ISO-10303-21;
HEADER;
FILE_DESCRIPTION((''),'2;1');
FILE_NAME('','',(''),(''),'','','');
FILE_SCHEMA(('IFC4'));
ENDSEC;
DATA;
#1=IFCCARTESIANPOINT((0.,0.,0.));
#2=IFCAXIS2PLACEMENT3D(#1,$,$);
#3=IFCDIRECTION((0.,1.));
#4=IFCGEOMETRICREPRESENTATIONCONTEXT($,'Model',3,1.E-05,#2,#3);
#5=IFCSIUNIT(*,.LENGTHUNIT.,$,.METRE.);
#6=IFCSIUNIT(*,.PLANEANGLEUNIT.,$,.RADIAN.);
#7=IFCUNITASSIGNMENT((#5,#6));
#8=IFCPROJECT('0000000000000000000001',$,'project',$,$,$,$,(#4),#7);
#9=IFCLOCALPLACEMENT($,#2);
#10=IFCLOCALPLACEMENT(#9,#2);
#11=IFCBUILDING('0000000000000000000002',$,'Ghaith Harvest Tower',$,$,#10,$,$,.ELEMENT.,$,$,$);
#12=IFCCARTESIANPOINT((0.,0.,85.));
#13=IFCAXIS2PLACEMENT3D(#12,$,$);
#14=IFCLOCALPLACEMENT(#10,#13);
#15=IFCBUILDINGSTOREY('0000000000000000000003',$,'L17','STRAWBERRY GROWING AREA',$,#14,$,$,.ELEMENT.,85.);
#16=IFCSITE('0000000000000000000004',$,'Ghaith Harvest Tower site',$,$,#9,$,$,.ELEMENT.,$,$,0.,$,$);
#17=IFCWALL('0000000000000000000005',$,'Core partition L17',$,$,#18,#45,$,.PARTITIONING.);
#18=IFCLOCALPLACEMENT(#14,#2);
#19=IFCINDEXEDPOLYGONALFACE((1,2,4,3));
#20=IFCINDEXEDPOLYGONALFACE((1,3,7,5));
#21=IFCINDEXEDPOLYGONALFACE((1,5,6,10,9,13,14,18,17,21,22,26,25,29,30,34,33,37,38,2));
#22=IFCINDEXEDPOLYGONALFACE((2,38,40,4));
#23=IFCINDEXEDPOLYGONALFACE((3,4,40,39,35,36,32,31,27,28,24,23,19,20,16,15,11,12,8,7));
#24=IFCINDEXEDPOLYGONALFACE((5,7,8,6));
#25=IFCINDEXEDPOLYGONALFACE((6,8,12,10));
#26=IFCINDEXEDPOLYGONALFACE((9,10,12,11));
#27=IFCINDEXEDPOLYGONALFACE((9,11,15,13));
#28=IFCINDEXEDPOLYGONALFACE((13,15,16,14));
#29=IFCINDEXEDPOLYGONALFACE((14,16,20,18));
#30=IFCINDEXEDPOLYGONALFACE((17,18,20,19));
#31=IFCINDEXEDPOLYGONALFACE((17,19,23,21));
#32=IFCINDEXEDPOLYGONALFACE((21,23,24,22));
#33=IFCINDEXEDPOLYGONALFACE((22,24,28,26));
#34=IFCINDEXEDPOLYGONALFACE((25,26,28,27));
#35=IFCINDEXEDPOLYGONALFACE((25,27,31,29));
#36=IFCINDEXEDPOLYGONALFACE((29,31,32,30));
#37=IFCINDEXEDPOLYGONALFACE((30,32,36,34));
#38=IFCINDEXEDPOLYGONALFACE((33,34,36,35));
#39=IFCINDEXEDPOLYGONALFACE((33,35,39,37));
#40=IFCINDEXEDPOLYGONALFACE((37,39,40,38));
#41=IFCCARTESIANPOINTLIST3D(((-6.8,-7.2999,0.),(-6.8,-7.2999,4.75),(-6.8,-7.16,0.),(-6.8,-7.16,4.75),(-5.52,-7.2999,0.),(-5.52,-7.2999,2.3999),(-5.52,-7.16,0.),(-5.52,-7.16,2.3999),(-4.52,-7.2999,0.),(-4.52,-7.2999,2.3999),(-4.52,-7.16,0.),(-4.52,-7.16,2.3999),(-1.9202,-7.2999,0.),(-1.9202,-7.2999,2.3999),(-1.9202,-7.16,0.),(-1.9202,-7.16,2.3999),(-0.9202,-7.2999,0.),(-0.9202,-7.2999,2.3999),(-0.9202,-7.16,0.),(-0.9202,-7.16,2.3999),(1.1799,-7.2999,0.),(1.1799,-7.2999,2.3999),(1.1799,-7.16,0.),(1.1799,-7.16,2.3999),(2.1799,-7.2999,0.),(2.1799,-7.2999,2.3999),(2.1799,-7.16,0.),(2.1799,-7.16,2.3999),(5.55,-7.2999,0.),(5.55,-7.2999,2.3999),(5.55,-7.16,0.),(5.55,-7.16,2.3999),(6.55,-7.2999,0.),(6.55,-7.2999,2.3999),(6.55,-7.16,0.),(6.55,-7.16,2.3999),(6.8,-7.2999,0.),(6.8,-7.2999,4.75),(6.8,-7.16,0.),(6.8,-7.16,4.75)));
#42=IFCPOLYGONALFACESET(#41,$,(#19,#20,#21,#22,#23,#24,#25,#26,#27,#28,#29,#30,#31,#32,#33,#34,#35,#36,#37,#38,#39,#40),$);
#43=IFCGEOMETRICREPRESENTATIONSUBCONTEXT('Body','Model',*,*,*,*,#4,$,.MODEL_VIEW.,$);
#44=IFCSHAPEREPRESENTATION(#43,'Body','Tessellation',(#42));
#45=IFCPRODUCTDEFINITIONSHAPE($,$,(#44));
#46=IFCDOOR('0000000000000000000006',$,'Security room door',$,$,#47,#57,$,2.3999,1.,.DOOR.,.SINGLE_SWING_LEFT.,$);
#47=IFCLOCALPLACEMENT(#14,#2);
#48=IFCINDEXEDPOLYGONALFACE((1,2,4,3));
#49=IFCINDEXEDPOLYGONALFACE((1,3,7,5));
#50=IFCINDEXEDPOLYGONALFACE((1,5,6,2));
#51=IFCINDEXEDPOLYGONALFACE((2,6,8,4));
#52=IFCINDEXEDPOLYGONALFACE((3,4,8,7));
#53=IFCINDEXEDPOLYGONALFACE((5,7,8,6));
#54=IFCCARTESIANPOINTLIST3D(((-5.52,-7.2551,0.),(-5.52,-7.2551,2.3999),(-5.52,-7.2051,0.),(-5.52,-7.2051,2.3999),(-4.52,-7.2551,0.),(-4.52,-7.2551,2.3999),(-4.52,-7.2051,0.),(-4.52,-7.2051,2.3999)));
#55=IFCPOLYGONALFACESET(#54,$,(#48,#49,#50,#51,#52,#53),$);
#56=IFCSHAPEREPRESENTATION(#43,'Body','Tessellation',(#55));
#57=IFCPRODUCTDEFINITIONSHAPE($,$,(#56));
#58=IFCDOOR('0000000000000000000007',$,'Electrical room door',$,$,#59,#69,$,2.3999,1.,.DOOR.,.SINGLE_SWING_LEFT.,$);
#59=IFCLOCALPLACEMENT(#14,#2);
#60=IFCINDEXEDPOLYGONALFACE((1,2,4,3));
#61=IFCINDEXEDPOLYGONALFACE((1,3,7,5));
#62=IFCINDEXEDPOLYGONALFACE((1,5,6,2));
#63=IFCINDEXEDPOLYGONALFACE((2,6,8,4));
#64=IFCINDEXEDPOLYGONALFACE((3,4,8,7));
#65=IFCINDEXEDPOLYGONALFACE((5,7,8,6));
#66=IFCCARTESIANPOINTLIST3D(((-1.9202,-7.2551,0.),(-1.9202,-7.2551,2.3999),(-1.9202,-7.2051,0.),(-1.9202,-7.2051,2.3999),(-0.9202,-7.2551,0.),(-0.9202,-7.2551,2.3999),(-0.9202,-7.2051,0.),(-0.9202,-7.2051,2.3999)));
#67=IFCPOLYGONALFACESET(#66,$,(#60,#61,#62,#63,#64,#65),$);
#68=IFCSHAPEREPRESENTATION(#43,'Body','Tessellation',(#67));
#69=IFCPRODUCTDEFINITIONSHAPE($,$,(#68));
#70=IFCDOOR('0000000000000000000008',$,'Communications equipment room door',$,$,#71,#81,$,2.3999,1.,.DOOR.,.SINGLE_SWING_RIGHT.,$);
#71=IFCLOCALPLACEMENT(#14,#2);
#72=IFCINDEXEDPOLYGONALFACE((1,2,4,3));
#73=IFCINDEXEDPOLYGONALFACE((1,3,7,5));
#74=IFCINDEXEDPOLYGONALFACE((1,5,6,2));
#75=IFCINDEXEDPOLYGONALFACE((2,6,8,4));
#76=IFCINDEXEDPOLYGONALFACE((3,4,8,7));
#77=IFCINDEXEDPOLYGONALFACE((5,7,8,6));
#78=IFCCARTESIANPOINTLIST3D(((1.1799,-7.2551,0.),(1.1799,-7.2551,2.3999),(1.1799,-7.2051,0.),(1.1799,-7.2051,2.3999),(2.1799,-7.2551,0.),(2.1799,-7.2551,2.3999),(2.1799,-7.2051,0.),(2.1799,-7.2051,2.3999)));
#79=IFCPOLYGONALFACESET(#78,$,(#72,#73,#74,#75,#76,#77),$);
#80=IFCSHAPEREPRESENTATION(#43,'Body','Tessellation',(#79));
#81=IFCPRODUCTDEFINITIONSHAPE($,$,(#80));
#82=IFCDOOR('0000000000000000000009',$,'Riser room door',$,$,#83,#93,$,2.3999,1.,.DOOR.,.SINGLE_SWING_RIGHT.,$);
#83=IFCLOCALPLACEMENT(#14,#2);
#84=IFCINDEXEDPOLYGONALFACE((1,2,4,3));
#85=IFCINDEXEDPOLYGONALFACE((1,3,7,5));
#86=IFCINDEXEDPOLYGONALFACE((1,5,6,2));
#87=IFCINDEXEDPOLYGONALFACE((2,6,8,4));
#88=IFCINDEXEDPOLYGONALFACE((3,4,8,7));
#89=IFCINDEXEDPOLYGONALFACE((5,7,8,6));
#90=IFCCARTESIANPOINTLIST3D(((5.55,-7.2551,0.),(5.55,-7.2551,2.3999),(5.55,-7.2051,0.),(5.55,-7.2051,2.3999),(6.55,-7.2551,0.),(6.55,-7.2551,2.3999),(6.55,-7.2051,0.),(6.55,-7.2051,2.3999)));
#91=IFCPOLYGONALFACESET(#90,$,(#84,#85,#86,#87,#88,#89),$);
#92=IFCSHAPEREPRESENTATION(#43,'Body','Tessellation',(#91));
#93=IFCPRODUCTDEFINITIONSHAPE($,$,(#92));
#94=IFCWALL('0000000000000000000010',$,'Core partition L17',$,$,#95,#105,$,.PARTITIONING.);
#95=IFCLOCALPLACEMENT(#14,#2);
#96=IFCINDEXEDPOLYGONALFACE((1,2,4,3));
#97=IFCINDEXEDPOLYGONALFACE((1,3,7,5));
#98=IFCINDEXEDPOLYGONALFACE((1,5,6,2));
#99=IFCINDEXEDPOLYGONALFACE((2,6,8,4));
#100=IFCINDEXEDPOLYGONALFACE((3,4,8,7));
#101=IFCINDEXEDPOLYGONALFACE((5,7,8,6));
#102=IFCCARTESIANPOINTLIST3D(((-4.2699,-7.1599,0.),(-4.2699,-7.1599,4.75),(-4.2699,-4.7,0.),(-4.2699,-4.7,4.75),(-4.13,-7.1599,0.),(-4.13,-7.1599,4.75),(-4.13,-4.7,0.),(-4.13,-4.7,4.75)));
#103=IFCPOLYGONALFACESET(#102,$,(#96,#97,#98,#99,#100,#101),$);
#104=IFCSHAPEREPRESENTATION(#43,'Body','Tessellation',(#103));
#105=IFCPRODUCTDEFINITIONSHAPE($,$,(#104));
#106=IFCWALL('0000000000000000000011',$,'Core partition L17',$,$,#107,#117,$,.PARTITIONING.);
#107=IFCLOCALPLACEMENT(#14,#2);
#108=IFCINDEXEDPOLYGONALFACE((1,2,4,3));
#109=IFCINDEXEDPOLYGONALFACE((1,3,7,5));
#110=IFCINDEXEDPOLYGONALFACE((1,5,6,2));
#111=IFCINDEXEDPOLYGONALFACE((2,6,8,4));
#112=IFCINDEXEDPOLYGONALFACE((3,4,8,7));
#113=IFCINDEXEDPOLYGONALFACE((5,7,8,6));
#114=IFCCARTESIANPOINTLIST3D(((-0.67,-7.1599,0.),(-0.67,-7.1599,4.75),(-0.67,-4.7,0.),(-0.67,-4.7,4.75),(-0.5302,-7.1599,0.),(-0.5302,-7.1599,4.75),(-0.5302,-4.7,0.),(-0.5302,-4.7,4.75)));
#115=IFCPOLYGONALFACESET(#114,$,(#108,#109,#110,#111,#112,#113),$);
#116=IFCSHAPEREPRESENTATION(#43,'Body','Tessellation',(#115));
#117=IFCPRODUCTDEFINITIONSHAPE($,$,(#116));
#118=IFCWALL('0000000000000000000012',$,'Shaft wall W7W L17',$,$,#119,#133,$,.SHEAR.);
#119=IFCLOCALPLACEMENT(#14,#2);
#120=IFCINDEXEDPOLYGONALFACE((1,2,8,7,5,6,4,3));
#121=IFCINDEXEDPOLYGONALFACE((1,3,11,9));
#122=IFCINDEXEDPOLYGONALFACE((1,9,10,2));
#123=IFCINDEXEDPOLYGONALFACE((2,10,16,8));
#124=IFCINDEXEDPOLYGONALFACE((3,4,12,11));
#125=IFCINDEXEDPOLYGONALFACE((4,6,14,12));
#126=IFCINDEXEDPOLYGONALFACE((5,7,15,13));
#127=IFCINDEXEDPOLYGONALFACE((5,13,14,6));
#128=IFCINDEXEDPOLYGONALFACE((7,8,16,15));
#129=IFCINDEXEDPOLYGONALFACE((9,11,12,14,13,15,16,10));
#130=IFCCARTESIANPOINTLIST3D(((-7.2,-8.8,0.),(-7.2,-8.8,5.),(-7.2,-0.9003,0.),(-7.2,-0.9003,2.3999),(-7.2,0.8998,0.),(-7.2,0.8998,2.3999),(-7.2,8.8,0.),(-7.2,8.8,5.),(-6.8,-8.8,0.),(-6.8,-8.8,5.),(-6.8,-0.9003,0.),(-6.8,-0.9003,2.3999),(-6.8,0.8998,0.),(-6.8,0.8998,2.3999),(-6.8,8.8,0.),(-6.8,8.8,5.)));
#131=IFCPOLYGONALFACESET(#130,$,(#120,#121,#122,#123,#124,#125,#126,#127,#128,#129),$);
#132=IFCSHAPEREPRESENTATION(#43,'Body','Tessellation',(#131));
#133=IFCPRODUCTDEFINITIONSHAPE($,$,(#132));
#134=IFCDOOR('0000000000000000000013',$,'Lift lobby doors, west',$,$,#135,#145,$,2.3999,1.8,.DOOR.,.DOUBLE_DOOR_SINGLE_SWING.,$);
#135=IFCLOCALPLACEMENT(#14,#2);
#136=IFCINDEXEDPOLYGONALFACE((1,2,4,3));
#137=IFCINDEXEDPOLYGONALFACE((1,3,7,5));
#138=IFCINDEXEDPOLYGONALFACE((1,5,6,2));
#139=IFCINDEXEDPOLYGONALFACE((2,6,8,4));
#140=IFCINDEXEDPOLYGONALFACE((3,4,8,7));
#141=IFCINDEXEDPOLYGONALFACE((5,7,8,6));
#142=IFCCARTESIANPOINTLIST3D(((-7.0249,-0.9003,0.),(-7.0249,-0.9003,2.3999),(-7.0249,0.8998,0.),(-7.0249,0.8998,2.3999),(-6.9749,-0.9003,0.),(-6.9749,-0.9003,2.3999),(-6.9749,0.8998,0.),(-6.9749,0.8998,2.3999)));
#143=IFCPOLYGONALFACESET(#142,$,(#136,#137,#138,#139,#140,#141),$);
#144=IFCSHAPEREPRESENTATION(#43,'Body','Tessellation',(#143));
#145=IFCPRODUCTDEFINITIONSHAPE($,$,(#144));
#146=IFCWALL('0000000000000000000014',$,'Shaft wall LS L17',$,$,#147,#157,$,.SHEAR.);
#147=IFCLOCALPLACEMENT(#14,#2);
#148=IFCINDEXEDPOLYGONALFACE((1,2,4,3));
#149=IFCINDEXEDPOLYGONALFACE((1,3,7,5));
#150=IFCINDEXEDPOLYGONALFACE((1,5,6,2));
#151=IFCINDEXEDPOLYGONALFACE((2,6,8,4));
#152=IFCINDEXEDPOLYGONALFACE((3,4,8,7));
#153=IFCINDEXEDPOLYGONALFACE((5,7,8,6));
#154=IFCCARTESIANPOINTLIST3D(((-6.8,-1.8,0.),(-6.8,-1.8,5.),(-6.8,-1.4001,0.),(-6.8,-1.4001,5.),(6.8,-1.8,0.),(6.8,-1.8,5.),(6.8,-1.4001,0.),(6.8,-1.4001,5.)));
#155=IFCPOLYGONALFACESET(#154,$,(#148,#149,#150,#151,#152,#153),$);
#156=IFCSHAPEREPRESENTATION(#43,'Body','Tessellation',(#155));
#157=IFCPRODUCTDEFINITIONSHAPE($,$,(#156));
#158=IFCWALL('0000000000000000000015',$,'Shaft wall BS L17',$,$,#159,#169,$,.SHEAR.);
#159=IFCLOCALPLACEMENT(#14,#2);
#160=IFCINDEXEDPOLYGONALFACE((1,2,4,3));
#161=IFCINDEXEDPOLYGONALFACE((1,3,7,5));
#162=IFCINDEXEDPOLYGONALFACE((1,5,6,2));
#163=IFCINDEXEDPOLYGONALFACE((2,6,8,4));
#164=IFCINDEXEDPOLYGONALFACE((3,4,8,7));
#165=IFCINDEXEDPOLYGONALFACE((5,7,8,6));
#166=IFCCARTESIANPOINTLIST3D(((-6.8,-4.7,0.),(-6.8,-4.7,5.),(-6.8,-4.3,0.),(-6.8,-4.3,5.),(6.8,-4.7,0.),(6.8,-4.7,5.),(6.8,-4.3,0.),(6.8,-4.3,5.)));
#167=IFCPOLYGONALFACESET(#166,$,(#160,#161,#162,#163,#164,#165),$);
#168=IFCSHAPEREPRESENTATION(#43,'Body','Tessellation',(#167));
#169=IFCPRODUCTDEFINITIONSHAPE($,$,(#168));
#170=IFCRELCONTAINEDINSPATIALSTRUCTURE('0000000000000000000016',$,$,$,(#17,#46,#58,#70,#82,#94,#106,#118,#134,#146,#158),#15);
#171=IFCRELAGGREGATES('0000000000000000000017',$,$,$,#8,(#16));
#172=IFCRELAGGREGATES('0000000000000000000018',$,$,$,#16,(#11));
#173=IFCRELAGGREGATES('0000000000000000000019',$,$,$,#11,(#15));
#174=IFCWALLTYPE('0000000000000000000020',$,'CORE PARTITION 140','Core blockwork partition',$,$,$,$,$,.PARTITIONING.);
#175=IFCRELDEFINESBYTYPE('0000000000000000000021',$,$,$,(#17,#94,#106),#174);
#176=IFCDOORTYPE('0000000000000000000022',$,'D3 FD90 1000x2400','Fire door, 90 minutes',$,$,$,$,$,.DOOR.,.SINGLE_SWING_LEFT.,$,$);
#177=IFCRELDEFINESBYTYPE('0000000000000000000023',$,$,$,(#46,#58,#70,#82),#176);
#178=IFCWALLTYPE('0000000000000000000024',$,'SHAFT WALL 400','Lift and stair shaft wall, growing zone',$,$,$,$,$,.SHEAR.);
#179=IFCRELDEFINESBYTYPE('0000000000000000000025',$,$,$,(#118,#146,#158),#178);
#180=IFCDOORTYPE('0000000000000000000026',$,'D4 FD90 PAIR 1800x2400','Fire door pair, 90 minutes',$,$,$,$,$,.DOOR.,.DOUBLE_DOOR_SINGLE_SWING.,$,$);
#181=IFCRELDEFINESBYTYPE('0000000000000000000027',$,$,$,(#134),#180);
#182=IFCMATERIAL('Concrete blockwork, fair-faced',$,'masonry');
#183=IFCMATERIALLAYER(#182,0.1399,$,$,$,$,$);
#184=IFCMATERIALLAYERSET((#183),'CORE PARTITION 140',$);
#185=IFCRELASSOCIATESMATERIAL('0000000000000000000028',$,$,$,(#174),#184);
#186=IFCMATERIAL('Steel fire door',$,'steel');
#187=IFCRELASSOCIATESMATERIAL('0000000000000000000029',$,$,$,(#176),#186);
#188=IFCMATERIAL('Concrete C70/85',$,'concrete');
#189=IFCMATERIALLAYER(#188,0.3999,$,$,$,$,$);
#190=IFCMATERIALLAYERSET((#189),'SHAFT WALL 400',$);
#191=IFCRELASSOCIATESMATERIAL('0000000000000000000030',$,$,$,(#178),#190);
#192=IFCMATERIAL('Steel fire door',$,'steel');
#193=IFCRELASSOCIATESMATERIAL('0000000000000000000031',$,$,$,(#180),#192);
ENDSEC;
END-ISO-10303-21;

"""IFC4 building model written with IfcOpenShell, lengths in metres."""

from ifc_helpers import new_model, si_unit, direction, frame, frame_2d, origin, place, context, subcontext, project, spatial, rectangle, extrude, material, layer, layer_set, type_object, element, fill, save


model = new_model("IFC4")

# Units and contexts
model_context = context("Model", 3, precision=1e-05, world=origin(), true_north=direction((0.0, 1.0)))
body_context = subcontext(model_context, "Body", "Model", "MODEL_VIEW")
ifc_project = project(units=[si_unit("LENGTHUNIT", "METRE"), si_unit("PLANEANGLEUNIT", "RADIAN")], contexts=[model_context])

# Site, building, storey
site_placement = place(None, origin())
site = spatial("IfcSite", under=ifc_project, at=site_placement, Name="Ghaith Harvest Tower site", CompositionType="ELEMENT", RefElevation=0.0)
building_placement = place(site_placement, origin())
building = spatial("IfcBuilding", under=site, at=building_placement, Name="Ghaith Harvest Tower", CompositionType="ELEMENT")
storey_placement = place(building_placement, frame((0.0, 0.0, 85.0)))
storey = spatial("IfcBuildingStorey", under=building, at=storey_placement, Name="L17", Description="STRAWBERRY GROWING AREA", CompositionType="ELEMENT", Elevation=85.0)

# Wall, openings, doors
ifc_material_1 = material(Name="Concrete blockwork, fair-faced", Category="masonry")
ifc_layer_1 = layer(ifc_material_1, 0.1399)
ifc_layer_set_1 = layer_set([ifc_layer_1], Name="CORE PARTITION 140")
wall_type_1 = type_object("IfcWallType", Name="CORE PARTITION 140", Description="Core blockwork partition", PredefinedType="PARTITIONING", material=ifc_layer_set_1)
wall_1_placement = place(storey_placement, frame((-6.8, -7.23, 0.0), z_axis=(0.0, 0.0, 1.0), x_axis=(1.0, 0.0, 0.0)))
wall_1 = element("IfcWall", 1, at=wall_1_placement, inside=storey, type_object=wall_type_1, Name="Core partition L17", PredefinedType="PARTITIONING", context=body_context, shape_type="SweptSolid", body=[
    extrude(rectangle(XDim=13.6001, YDim=0.1399, at=frame_2d((6.8, 0.0))), origin(), (0.0, 0.0, 1.0), 4.75),
])
opening_1_placement = place(wall_1_placement, frame((1.28, 0.0, 0.0)))
opening_1 = element("IfcOpeningElement", 2, at=opening_1_placement, cuts=wall_1, PredefinedType="OPENING", context=body_context, shape_type="SweptSolid", body=[
    extrude(rectangle(XDim=1.0, YDim=2.3999, at=frame_2d((0.5, 1.2))), frame((0.0, 0.0801, 0.0), z_axis=(0.0, -1.0, 0.0), x_axis=(1.0, 0.0, 0.0)), (0.0, 0.0, 1.0), 0.1599),
])
opening_2_placement = place(wall_1_placement, frame((4.8799, 0.0, 0.0)))
opening_2 = element("IfcOpeningElement", 3, at=opening_2_placement, cuts=wall_1, PredefinedType="OPENING", context=body_context, shape_type="SweptSolid", body=[
    extrude(rectangle(XDim=1.0, YDim=2.3999, at=frame_2d((0.5, 1.2))), frame((0.0, 0.0801, 0.0), z_axis=(0.0, -1.0, 0.0), x_axis=(1.0, 0.0, 0.0)), (0.0, 0.0, 1.0), 0.1599),
])
opening_3_placement = place(wall_1_placement, frame((7.98, 0.0, 0.0)))
opening_3 = element("IfcOpeningElement", 4, at=opening_3_placement, cuts=wall_1, PredefinedType="OPENING", context=body_context, shape_type="SweptSolid", body=[
    extrude(rectangle(XDim=1.0, YDim=2.3999, at=frame_2d((0.5, 1.2))), frame((0.0, 0.0801, 0.0), z_axis=(0.0, -1.0, 0.0), x_axis=(1.0, 0.0, 0.0)), (0.0, 0.0, 1.0), 0.1599),
])
opening_4_placement = place(wall_1_placement, frame((12.3501, 0.0, 0.0)))
opening_4 = element("IfcOpeningElement", 5, at=opening_4_placement, cuts=wall_1, PredefinedType="OPENING", context=body_context, shape_type="SweptSolid", body=[
    extrude(rectangle(XDim=1.0, YDim=2.3999, at=frame_2d((0.5, 1.2))), frame((0.0, 0.0801, 0.0), z_axis=(0.0, -1.0, 0.0), x_axis=(1.0, 0.0, 0.0)), (0.0, 0.0, 1.0), 0.1599),
])
ifc_material_2 = material(Name="Steel fire door", Category="steel")
door_type_1 = type_object("IfcDoorType", Name="D3 FD90 1000x2400", Description="Fire door, 90 minutes", OperationType="SINGLE_SWING_LEFT", PredefinedType="DOOR", material=ifc_material_2)
door_1_placement = place(opening_1_placement, origin())
door_1 = element("IfcDoor", 6, at=door_1_placement, inside=storey, type_object=door_type_1, Name="Security room door", OperationType="SINGLE_SWING_LEFT", OverallHeight=2.3999, OverallWidth=1.0, PredefinedType="DOOR", context=body_context, shape_type="SweptSolid", body=[
    extrude(rectangle(XDim=1.0, YDim=2.3999, at=frame_2d((0.5, 1.2))), frame((0.0, 0.0249, 0.0), z_axis=(0.0, -1.0, 0.0), x_axis=(1.0, 0.0, 0.0)), (0.0, 0.0, 1.0), 0.05),
])
fill(opening_1, door_1)
door_2_placement = place(opening_2_placement, origin())
door_2 = element("IfcDoor", 7, at=door_2_placement, inside=storey, type_object=door_type_1, Name="Electrical room door", OperationType="SINGLE_SWING_LEFT", OverallHeight=2.3999, OverallWidth=1.0, PredefinedType="DOOR", context=body_context, shape_type="SweptSolid", body=[
    extrude(rectangle(XDim=1.0, YDim=2.3999, at=frame_2d((0.5, 1.2))), frame((0.0, 0.0249, 0.0), z_axis=(0.0, -1.0, 0.0), x_axis=(1.0, 0.0, 0.0)), (0.0, 0.0, 1.0), 0.05),
])
fill(opening_2, door_2)
door_3_placement = place(opening_3_placement, origin())
door_3 = element("IfcDoor", 8, at=door_3_placement, inside=storey, type_object=door_type_1, Name="Communications equipment room door", OperationType="SINGLE_SWING_RIGHT", OverallHeight=2.3999, OverallWidth=1.0, PredefinedType="DOOR", context=body_context, shape_type="SweptSolid", body=[
    extrude(rectangle(XDim=1.0, YDim=2.3999, at=frame_2d((0.5, 1.2))), frame((0.0, 0.0249, 0.0), z_axis=(0.0, -1.0, 0.0), x_axis=(1.0, 0.0, 0.0)), (0.0, 0.0, 1.0), 0.05),
])
fill(opening_3, door_3)
door_4_placement = place(opening_4_placement, origin())
door_4 = element("IfcDoor", 9, at=door_4_placement, inside=storey, type_object=door_type_1, Name="Riser room door", OperationType="SINGLE_SWING_RIGHT", OverallHeight=2.3999, OverallWidth=1.0, PredefinedType="DOOR", context=body_context, shape_type="SweptSolid", body=[
    extrude(rectangle(XDim=1.0, YDim=2.3999, at=frame_2d((0.5, 1.2))), frame((0.0, 0.0249, 0.0), z_axis=(0.0, -1.0, 0.0), x_axis=(1.0, 0.0, 0.0)), (0.0, 0.0, 1.0), 0.05),
])
fill(opening_4, door_4)

# Walls
for number, where, z_axis, x_axis, name in (
    (10, (-4.2, -4.7, 0.0), (0.0, 0.0, 1.0), (0.0, -1.0, 0.0), "Core partition L17"),
    (11, (-0.6001, -4.7, 0.0), (0.0, 0.0, 1.0), (0.0, -1.0, 0.0), "Core partition L17"),
):
    element("IfcWall", number, at=place(storey_placement, frame(where, z_axis=z_axis, x_axis=x_axis)), inside=storey, type_object=wall_type_1, Name=name, PredefinedType="PARTITIONING", context=body_context, shape_type="SweptSolid", body=[
        extrude(rectangle(XDim=2.46, YDim=0.1399, at=frame_2d((1.23, 0.0))), origin(), (0.0, 0.0, 1.0), 4.75),
    ])

# Wall, opening, door
ifc_material_3 = material(Name="Concrete C70/85", Category="concrete")
ifc_layer_2 = layer(ifc_material_3, 0.3999)
ifc_layer_set_2 = layer_set([ifc_layer_2], Name="SHAFT WALL 400")
wall_type_2 = type_object("IfcWallType", Name="SHAFT WALL 400", Description="Lift and stair shaft wall, growing zone", PredefinedType="SHEAR", material=ifc_layer_set_2)
wall_2_placement = place(storey_placement, frame((-7.0, -8.8, 0.0), z_axis=(0.0, 0.0, 1.0), x_axis=(0.0, 1.0, 0.0)))
wall_2 = element("IfcWall", 12, at=wall_2_placement, inside=storey, type_object=wall_type_2, Name="Shaft wall W7W L17", PredefinedType="SHEAR", context=body_context, shape_type="SweptSolid", body=[
    extrude(rectangle(XDim=17.6001, YDim=0.3999, at=frame_2d((8.8, 0.0))), origin(), (0.0, 0.0, 1.0), 5.0),
])
opening_5_placement = place(wall_2_placement, frame((7.8999, 0.0, 0.0)))
opening_5 = element("IfcOpeningElement", 13, at=opening_5_placement, cuts=wall_2, PredefinedType="OPENING", context=body_context, shape_type="SweptSolid", body=[
    extrude(rectangle(XDim=1.8, YDim=2.3999, at=frame_2d((0.8999, 1.2))), frame((0.0, 0.21, 0.0), z_axis=(0.0, -1.0, 0.0), x_axis=(1.0, 0.0, 0.0)), (0.0, 0.0, 1.0), 0.4199),
])
ifc_material_4 = material(Name="Steel fire door", Category="steel")
door_type_2 = type_object("IfcDoorType", Name="D4 FD90 PAIR 1800x2400", Description="Fire door pair, 90 minutes", OperationType="DOUBLE_DOOR_SINGLE_SWING", PredefinedType="DOOR", material=ifc_material_4)
door_5_placement = place(opening_5_placement, origin())
door_5 = element("IfcDoor", 14, at=door_5_placement, inside=storey, type_object=door_type_2, Name="Lift lobby doors, west", OperationType="DOUBLE_DOOR_SINGLE_SWING", OverallHeight=2.3999, OverallWidth=1.8, PredefinedType="DOOR", context=body_context, shape_type="SweptSolid", body=[
    extrude(rectangle(XDim=1.8, YDim=2.3999, at=frame_2d((0.8999, 1.2))), frame((0.0, 0.0249, 0.0), z_axis=(0.0, -1.0, 0.0), x_axis=(1.0, 0.0, 0.0)), (0.0, 0.0, 1.0), 0.05),
])
fill(opening_5, door_5)

# Walls
for number, where, z_axis, x_axis, name in (
    (15, (-6.8, -1.6001, 0.0), (0.0, 0.0, 1.0), (1.0, 0.0, 0.0), "Shaft wall LS L17"),
    (16, (-6.8, -4.5, 0.0), (0.0, 0.0, 1.0), (1.0, 0.0, 0.0), "Shaft wall BS L17"),
):
    element("IfcWall", number, at=place(storey_placement, frame(where, z_axis=z_axis, x_axis=x_axis)), inside=storey, type_object=wall_type_2, Name=name, PredefinedType="SHEAR", context=body_context, shape_type="SweptSolid", body=[
        extrude(rectangle(XDim=13.6001, YDim=0.3999, at=frame_2d((6.8, 0.0))), origin(), (0.0, 0.0, 1.0), 5.0),
    ])

save(model, "model.ifc")
